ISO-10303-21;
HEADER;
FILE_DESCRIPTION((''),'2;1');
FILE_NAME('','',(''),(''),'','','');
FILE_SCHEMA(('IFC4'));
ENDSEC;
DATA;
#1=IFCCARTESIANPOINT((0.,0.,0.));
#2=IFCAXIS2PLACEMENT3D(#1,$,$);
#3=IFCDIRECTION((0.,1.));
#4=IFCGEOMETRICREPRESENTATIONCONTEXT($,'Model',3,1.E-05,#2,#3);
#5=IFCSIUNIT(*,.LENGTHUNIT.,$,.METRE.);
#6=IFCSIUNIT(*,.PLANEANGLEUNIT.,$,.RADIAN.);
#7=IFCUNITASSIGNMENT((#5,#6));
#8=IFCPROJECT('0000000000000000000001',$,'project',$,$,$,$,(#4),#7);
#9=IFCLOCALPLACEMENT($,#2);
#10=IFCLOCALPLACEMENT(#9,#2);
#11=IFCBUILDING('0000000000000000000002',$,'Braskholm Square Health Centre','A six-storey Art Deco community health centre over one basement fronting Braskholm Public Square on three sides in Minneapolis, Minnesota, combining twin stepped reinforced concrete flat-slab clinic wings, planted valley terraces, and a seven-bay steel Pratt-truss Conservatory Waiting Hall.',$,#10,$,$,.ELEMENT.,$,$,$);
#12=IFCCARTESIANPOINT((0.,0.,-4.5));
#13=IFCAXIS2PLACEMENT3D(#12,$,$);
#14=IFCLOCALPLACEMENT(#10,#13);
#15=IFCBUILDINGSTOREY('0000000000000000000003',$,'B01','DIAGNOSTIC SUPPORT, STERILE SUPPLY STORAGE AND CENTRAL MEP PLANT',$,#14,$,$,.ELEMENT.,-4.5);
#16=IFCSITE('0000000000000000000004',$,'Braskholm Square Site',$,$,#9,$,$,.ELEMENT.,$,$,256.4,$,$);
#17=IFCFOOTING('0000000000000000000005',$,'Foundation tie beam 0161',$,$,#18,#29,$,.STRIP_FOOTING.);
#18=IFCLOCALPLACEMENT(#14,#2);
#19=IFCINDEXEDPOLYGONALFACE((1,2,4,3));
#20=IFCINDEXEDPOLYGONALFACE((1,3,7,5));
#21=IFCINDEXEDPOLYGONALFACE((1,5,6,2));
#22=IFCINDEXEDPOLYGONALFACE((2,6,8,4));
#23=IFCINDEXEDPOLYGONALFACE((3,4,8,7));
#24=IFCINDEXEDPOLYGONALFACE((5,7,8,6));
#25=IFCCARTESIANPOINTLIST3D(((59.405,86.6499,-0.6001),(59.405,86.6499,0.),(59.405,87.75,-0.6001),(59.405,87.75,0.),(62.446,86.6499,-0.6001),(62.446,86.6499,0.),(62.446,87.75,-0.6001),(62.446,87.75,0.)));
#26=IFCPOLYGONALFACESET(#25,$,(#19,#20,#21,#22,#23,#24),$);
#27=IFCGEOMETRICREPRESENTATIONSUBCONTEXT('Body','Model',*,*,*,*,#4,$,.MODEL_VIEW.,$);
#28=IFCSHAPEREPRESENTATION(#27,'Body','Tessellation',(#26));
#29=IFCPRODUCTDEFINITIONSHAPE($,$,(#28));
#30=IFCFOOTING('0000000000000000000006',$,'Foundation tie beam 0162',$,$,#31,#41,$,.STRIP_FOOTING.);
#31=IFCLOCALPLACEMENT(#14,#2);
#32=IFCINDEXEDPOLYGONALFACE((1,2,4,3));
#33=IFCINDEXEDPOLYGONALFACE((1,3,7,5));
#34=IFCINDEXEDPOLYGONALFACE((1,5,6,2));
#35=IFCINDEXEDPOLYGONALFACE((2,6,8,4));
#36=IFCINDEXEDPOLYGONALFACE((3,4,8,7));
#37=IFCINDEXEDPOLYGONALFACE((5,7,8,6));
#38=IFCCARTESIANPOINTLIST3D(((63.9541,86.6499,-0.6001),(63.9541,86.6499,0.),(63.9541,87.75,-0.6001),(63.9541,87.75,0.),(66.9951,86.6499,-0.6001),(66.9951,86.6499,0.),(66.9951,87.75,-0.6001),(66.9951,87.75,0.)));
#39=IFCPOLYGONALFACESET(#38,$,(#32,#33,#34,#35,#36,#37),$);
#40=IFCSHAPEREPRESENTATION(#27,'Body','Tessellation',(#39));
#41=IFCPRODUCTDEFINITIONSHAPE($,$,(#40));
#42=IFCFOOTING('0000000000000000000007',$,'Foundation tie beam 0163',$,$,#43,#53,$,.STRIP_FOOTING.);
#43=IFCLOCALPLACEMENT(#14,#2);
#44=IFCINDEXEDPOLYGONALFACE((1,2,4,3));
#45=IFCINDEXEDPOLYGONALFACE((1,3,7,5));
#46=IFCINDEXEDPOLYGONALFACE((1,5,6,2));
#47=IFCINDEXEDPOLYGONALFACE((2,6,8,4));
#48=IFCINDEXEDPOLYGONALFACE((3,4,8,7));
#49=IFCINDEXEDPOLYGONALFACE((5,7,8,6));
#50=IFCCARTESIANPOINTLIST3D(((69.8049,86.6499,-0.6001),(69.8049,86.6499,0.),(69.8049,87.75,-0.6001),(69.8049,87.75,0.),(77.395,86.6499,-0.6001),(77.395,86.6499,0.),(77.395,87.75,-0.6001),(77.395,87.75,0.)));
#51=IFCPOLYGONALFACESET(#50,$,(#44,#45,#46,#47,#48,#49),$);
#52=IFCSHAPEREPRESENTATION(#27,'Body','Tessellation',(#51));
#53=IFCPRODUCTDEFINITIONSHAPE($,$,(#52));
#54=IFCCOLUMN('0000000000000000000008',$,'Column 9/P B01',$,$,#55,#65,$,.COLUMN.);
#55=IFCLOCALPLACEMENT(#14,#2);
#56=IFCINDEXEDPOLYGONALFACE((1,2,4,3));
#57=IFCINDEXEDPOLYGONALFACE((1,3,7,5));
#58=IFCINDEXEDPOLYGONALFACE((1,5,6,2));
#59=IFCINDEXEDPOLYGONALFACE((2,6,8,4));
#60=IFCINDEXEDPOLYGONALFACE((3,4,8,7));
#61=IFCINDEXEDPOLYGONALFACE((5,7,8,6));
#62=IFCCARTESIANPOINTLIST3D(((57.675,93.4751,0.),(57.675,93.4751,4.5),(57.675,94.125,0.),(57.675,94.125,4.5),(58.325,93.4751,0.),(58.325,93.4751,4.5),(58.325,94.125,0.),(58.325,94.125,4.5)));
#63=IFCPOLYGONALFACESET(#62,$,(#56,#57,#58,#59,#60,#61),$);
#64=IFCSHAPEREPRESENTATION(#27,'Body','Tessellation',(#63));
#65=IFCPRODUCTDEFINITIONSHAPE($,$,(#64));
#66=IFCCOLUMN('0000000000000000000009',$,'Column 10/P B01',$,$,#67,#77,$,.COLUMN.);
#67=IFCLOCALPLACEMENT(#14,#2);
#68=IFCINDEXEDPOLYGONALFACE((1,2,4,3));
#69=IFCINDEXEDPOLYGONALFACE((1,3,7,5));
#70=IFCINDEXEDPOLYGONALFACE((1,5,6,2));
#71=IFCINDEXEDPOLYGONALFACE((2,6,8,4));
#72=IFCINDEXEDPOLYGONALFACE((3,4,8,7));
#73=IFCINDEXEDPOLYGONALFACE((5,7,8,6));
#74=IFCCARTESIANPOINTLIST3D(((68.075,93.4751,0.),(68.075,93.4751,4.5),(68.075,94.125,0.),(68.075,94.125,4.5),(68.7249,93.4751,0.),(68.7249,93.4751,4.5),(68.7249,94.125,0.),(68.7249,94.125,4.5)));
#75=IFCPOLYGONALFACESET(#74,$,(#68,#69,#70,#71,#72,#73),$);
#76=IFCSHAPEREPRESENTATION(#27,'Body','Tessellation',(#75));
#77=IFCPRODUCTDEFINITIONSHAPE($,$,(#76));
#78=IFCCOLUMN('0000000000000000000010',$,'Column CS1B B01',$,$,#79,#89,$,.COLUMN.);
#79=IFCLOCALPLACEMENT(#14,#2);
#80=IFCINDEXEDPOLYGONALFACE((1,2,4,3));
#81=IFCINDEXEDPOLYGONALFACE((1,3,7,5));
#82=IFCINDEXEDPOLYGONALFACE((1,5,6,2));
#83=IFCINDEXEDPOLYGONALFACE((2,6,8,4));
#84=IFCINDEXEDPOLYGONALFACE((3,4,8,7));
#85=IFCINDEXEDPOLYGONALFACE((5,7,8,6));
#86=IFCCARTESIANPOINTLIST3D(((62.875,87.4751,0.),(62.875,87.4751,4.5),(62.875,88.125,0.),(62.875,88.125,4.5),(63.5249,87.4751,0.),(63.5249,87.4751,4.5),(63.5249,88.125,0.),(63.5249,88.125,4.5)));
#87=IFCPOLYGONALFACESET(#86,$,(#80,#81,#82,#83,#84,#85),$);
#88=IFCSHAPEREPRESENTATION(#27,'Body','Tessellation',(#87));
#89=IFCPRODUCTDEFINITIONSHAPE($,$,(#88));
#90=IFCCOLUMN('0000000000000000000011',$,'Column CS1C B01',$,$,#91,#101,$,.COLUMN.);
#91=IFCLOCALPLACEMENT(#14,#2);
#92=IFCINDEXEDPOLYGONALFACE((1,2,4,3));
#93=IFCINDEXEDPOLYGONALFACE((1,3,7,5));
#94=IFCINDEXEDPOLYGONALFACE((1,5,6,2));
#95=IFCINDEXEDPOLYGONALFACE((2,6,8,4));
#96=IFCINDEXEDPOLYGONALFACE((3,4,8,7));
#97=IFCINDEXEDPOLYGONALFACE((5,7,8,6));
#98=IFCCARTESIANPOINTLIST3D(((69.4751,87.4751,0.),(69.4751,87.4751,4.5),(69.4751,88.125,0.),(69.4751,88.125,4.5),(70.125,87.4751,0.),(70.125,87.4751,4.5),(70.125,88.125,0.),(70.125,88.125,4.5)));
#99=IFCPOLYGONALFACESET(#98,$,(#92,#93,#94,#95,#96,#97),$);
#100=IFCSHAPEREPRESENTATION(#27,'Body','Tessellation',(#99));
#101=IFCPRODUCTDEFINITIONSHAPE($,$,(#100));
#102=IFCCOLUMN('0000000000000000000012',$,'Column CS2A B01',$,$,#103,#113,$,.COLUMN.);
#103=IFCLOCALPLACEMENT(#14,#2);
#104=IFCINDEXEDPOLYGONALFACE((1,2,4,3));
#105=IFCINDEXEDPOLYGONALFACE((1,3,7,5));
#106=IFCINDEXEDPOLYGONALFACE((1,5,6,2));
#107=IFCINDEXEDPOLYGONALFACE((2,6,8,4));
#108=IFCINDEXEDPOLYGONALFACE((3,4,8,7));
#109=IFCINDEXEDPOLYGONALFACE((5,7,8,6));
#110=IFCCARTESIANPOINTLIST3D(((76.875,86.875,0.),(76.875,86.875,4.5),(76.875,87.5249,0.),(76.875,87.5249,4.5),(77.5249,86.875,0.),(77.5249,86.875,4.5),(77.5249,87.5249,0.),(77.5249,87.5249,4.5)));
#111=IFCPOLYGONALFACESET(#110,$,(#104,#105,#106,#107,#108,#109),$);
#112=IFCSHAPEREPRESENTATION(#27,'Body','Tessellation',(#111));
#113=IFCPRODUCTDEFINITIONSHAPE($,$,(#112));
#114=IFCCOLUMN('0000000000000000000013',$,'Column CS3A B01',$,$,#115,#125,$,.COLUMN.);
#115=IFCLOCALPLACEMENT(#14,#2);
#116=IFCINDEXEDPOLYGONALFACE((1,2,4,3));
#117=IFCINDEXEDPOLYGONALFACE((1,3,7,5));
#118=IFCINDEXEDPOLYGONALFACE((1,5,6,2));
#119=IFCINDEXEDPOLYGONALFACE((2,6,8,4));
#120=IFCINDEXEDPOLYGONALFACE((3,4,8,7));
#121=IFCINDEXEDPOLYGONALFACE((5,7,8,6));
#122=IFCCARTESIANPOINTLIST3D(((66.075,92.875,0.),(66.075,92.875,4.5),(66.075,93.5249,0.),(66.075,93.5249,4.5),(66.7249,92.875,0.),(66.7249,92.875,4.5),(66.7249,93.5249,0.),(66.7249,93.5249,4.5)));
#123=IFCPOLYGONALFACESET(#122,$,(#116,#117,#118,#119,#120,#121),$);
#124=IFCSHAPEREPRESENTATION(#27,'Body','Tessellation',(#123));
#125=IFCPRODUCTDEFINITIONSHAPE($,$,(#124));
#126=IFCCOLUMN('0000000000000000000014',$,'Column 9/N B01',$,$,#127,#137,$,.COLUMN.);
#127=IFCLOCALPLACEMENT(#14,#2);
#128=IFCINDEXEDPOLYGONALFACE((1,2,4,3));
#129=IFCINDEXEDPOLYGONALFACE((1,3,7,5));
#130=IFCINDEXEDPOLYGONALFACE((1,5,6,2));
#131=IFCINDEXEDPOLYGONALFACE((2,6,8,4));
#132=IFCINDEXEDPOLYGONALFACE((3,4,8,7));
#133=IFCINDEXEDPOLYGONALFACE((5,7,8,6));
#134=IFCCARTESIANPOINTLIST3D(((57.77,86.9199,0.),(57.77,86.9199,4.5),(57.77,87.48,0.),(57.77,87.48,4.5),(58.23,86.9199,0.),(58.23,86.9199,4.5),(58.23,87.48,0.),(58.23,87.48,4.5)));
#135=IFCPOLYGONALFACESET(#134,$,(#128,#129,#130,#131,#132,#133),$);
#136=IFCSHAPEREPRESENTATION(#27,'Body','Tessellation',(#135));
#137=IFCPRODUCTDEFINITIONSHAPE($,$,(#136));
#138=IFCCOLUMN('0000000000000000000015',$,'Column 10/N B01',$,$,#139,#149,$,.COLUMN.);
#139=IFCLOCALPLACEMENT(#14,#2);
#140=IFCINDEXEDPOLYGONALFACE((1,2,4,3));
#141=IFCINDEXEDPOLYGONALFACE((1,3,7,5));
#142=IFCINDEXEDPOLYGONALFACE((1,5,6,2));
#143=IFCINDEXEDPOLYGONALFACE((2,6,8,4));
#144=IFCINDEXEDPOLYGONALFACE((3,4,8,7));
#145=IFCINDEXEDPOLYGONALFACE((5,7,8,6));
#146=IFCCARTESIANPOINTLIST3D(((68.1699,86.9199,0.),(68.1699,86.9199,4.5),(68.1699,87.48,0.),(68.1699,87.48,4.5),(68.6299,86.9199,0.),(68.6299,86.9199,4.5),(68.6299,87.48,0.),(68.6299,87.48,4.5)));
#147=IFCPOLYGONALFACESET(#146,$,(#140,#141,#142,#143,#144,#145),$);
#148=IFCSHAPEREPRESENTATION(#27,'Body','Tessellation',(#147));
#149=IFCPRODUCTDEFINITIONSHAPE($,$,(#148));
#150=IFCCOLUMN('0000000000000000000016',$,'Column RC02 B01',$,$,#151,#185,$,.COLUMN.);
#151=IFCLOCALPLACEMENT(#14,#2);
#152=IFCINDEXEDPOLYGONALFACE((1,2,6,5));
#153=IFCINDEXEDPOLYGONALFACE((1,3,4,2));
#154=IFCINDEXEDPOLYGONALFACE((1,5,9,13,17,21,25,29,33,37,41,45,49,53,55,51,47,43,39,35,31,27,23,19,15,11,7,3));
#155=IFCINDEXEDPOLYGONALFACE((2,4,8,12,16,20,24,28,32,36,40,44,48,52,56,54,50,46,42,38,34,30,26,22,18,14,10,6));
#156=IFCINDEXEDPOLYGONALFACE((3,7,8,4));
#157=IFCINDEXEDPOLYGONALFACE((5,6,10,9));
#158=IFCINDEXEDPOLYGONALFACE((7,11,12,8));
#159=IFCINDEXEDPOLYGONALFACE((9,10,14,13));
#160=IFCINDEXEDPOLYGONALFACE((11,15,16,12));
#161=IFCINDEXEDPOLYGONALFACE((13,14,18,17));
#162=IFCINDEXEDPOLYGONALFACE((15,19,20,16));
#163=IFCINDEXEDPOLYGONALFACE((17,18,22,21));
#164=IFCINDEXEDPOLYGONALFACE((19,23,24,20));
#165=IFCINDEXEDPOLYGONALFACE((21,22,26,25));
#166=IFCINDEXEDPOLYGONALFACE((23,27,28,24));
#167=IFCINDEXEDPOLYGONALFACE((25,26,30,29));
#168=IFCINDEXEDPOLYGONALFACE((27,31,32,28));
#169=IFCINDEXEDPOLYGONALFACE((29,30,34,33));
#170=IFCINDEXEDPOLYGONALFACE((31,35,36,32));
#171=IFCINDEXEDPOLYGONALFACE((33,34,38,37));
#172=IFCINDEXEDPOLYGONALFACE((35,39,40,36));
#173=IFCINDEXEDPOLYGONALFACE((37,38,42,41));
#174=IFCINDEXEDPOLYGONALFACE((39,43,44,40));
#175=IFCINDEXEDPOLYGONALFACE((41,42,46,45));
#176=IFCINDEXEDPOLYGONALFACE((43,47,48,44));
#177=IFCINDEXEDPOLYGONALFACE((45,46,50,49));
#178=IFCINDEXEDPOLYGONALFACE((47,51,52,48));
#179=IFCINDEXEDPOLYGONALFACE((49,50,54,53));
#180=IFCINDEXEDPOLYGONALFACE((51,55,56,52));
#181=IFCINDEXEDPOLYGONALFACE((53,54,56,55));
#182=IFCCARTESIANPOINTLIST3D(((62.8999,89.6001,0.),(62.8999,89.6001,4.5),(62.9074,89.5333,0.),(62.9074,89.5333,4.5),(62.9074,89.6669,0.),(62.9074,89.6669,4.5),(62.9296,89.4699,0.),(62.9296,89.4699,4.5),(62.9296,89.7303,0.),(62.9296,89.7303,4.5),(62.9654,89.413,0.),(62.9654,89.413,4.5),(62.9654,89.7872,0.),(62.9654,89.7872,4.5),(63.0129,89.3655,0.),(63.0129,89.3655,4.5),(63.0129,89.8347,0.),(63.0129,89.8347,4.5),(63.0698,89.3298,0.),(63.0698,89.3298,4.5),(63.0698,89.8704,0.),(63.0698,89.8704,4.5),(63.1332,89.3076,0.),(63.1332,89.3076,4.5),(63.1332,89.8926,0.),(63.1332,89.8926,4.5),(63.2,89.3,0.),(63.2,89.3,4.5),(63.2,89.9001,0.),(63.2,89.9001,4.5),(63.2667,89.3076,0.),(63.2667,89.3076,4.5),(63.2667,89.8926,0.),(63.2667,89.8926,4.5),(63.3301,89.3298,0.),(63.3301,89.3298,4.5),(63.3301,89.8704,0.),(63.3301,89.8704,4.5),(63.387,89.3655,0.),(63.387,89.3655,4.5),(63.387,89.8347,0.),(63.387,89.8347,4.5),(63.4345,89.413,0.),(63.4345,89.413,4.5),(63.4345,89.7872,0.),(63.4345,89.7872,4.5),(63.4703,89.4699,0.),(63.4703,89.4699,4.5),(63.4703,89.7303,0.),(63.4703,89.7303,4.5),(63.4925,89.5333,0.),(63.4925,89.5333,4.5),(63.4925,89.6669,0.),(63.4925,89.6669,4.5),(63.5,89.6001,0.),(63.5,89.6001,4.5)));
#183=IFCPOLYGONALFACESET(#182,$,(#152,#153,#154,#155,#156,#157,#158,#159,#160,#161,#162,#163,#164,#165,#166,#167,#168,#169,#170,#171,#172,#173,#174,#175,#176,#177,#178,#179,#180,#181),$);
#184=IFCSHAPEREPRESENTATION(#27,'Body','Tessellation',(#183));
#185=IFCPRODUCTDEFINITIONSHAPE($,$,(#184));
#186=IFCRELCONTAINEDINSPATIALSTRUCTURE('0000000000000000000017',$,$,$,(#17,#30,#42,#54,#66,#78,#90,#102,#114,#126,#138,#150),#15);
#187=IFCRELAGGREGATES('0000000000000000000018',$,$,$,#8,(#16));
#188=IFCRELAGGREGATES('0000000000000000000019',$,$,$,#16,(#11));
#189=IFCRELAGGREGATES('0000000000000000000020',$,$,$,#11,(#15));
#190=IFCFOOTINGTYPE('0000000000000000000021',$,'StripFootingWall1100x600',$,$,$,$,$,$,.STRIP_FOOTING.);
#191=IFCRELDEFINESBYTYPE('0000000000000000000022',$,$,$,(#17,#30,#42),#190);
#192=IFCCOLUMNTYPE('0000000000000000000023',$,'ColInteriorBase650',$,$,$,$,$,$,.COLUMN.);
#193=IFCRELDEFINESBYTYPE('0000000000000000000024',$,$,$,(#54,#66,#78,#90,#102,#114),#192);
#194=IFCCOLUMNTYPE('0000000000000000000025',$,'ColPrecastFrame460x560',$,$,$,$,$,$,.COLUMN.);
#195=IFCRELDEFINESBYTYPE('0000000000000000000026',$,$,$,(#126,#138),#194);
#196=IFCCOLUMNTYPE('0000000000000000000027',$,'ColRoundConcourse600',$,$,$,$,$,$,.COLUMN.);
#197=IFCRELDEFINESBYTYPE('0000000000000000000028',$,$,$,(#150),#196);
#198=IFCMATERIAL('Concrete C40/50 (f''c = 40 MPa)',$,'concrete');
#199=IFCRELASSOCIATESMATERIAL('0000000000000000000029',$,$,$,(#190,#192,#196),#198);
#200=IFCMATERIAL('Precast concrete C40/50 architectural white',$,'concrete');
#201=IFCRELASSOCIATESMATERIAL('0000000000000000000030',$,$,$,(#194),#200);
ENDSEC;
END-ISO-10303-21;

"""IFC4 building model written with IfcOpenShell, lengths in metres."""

from ifc_helpers import new_model, si_unit, direction, frame, origin, origin_2d, place, context, subcontext, project, spatial, rectangle, circle, extrude, material, material_profile, profile_set, type_object, element, save


model = new_model("IFC4")

# Units and contexts
model_context = context("Model", 3, precision=1e-05, world=origin(), true_north=direction((0.0, 1.0)))
body_context = subcontext(model_context, "Body", "Model", "MODEL_VIEW")
ifc_project = project(units=[si_unit("LENGTHUNIT", "METRE"), si_unit("PLANEANGLEUNIT", "RADIAN")], contexts=[model_context])

# Site, building, storey
site_placement = place(None, origin())
site = spatial("IfcSite", under=ifc_project, at=site_placement, Name="Braskholm Square Site", CompositionType="ELEMENT", RefElevation=256.4)
building_placement = place(site_placement, origin())
building = spatial("IfcBuilding", under=site, at=building_placement, Name="Braskholm Square Health Centre", Description="A six-storey Art Deco community health centre over one basement fronting Braskholm Public Square on three sides in Minneapolis, Minnesota, combining twin stepped reinforced concrete flat-slab clinic wings, planted valley terraces, and a seven-bay steel Pratt-truss Conservatory Waiting Hall.", CompositionType="ELEMENT")
storey_placement = place(building_placement, frame((0.0, 0.0, -4.5)))
storey = spatial("IfcBuildingStorey", under=building, at=storey_placement, Name="B01", Description="DIAGNOSTIC SUPPORT, STERILE SUPPLY STORAGE AND CENTRAL MEP PLANT", CompositionType="ELEMENT", Elevation=-4.5)

# Shared definitions
ifc_material_1 = material(Name="Concrete C40/50 (f'c = 40 MPa)", Category="concrete")

# Footings
ifc_material_profile_1 = material_profile(ifc_material_1, rectangle(XDim=1.1001, YDim=0.6001, at=origin_2d()), Name="FTG-1100X600")
ifc_profile_set_1 = profile_set([ifc_material_profile_1], Name="Concrete C40/50 (f'c = 40 MPa)")
footing_type_1 = type_object("IfcFootingType", Name="StripFootingWall1100x600", PredefinedType="STRIP_FOOTING", material=ifc_profile_set_1)
for number, where, z_axis, x_axis, name in (
    (1, (59.405, 87.2, -0.3), (1.0, 0.0, 0.0), (0.0, 1.0, 0.0), "Foundation tie beam 0161"),
    (2, (63.9541, 87.2, -0.3), (1.0, 0.0, 0.0), (0.0, 1.0, 0.0), "Foundation tie beam 0162"),
):
    element("IfcFooting", number, at=place(storey_placement, frame(where, z_axis=z_axis, x_axis=x_axis)), inside=storey, type_object=footing_type_1, Name=name, PredefinedType="STRIP_FOOTING", context=body_context, shape_type="SweptSolid", body=[
        extrude(rectangle(XDim=1.1001, YDim=0.6001, at=origin_2d()), origin(), (0.0, 0.0, 1.0), 3.041),
    ])
footing_1_placement = place(storey_placement, frame((69.8049, 87.2, -0.3), z_axis=(1.0, 0.0, 0.0), x_axis=(0.0, 1.0, 0.0)))
element("IfcFooting", 3, at=footing_1_placement, inside=storey, type_object=footing_type_1, Name="Foundation tie beam 0163", PredefinedType="STRIP_FOOTING", context=body_context, shape_type="SweptSolid", body=[
    extrude(rectangle(XDim=1.1001, YDim=0.6001, at=origin_2d()), origin(), (0.0, 0.0, 1.0), 7.5901),
])

# Columns
ifc_material_profile_2 = material_profile(ifc_material_1, rectangle(XDim=0.6499, YDim=0.6499, at=origin_2d()), Name="RC-650X650")
ifc_profile_set_2 = profile_set([ifc_material_profile_2], Name="Concrete C40/50 (f'c = 40 MPa)")
column_type_1 = type_object("IfcColumnType", Name="ColInteriorBase650", PredefinedType="COLUMN", material=ifc_profile_set_2)
for number, where, z_axis, x_axis, name in (
    (4, (58.0, 93.8, 0.0), (0.0, 0.0, 1.0), (1.0, 0.0, 0.0), "Column 9/P B01"),
    (5, (68.3999, 93.8, 0.0), (0.0, 0.0, 1.0), (1.0, 0.0, 0.0), "Column 10/P B01"),
    (6, (63.2, 87.8, 0.0), (0.0, 0.0, 1.0), (1.0, 0.0, 0.0), "Column CS1B B01"),
    (7, (69.8, 87.8, 0.0), (0.0, 0.0, 1.0), (1.0, 0.0, 0.0), "Column CS1C B01"),
    (8, (77.2, 87.2, 0.0), (0.0, 0.0, 1.0), (1.0, 0.0, 0.0), "Column CS2A B01"),
    (9, (66.3999, 93.2, 0.0), (0.0, 0.0, 1.0), (1.0, 0.0, 0.0), "Column CS3A B01"),
):
    element("IfcColumn", number, at=place(storey_placement, frame(where, z_axis=z_axis, x_axis=x_axis)), inside=storey, type_object=column_type_1, Name=name, PredefinedType="COLUMN", context=body_context, shape_type="SweptSolid", body=[
        extrude(rectangle(XDim=0.6499, YDim=0.6499, at=origin_2d()), origin(), (0.0, 0.0, 1.0), 4.5),
    ])
ifc_material_2 = material(Name="Precast concrete C40/50 architectural white", Category="concrete")
ifc_material_profile_3 = material_profile(ifc_material_2, rectangle(XDim=0.46, YDim=0.5601, at=origin_2d()), Name="RC-460X560")
ifc_profile_set_3 = profile_set([ifc_material_profile_3], Name="Precast concrete C40/50 architectural white")
column_type_2 = type_object("IfcColumnType", Name="ColPrecastFrame460x560", PredefinedType="COLUMN", material=ifc_profile_set_3)
for number, where, z_axis, x_axis, name in (
    (10, (58.0, 87.2, 0.0), (0.0, 0.0, 1.0), (1.0, 0.0, 0.0), "Column 9/N B01"),
    (11, (68.3999, 87.2, 0.0), (0.0, 0.0, 1.0), (1.0, 0.0, 0.0), "Column 10/N B01"),
):
    element("IfcColumn", number, at=place(storey_placement, frame(where, z_axis=z_axis, x_axis=x_axis)), inside=storey, type_object=column_type_2, Name=name, PredefinedType="COLUMN", context=body_context, shape_type="SweptSolid", body=[
        extrude(rectangle(XDim=0.46, YDim=0.5601, at=origin_2d()), origin(), (0.0, 0.0, 1.0), 4.5),
    ])
ifc_material_profile_4 = material_profile(ifc_material_1, circle(Radius=0.3, at=origin_2d()), Name="RC-RND-600")
ifc_profile_set_4 = profile_set([ifc_material_profile_4], Name="Concrete C40/50 (f'c = 40 MPa)")
column_type_3 = type_object("IfcColumnType", Name="ColRoundConcourse600", PredefinedType="COLUMN", material=ifc_profile_set_4)
for number, where, z_axis, x_axis, name in (
    (12, (63.2, 89.6001, 0.0), (0.0, 0.0, 1.0), (1.0, 0.0, 0.0), "Column RC02 B01"),
):
    element("IfcColumn", number, at=place(storey_placement, frame(where, z_axis=z_axis, x_axis=x_axis)), inside=storey, type_object=column_type_3, Name=name, PredefinedType="COLUMN", context=body_context, shape_type="SweptSolid", body=[
        extrude(circle(Radius=0.3, at=origin_2d()), origin(), (0.0, 0.0, 1.0), 4.5),
    ])

save(model, "model.ifc")
